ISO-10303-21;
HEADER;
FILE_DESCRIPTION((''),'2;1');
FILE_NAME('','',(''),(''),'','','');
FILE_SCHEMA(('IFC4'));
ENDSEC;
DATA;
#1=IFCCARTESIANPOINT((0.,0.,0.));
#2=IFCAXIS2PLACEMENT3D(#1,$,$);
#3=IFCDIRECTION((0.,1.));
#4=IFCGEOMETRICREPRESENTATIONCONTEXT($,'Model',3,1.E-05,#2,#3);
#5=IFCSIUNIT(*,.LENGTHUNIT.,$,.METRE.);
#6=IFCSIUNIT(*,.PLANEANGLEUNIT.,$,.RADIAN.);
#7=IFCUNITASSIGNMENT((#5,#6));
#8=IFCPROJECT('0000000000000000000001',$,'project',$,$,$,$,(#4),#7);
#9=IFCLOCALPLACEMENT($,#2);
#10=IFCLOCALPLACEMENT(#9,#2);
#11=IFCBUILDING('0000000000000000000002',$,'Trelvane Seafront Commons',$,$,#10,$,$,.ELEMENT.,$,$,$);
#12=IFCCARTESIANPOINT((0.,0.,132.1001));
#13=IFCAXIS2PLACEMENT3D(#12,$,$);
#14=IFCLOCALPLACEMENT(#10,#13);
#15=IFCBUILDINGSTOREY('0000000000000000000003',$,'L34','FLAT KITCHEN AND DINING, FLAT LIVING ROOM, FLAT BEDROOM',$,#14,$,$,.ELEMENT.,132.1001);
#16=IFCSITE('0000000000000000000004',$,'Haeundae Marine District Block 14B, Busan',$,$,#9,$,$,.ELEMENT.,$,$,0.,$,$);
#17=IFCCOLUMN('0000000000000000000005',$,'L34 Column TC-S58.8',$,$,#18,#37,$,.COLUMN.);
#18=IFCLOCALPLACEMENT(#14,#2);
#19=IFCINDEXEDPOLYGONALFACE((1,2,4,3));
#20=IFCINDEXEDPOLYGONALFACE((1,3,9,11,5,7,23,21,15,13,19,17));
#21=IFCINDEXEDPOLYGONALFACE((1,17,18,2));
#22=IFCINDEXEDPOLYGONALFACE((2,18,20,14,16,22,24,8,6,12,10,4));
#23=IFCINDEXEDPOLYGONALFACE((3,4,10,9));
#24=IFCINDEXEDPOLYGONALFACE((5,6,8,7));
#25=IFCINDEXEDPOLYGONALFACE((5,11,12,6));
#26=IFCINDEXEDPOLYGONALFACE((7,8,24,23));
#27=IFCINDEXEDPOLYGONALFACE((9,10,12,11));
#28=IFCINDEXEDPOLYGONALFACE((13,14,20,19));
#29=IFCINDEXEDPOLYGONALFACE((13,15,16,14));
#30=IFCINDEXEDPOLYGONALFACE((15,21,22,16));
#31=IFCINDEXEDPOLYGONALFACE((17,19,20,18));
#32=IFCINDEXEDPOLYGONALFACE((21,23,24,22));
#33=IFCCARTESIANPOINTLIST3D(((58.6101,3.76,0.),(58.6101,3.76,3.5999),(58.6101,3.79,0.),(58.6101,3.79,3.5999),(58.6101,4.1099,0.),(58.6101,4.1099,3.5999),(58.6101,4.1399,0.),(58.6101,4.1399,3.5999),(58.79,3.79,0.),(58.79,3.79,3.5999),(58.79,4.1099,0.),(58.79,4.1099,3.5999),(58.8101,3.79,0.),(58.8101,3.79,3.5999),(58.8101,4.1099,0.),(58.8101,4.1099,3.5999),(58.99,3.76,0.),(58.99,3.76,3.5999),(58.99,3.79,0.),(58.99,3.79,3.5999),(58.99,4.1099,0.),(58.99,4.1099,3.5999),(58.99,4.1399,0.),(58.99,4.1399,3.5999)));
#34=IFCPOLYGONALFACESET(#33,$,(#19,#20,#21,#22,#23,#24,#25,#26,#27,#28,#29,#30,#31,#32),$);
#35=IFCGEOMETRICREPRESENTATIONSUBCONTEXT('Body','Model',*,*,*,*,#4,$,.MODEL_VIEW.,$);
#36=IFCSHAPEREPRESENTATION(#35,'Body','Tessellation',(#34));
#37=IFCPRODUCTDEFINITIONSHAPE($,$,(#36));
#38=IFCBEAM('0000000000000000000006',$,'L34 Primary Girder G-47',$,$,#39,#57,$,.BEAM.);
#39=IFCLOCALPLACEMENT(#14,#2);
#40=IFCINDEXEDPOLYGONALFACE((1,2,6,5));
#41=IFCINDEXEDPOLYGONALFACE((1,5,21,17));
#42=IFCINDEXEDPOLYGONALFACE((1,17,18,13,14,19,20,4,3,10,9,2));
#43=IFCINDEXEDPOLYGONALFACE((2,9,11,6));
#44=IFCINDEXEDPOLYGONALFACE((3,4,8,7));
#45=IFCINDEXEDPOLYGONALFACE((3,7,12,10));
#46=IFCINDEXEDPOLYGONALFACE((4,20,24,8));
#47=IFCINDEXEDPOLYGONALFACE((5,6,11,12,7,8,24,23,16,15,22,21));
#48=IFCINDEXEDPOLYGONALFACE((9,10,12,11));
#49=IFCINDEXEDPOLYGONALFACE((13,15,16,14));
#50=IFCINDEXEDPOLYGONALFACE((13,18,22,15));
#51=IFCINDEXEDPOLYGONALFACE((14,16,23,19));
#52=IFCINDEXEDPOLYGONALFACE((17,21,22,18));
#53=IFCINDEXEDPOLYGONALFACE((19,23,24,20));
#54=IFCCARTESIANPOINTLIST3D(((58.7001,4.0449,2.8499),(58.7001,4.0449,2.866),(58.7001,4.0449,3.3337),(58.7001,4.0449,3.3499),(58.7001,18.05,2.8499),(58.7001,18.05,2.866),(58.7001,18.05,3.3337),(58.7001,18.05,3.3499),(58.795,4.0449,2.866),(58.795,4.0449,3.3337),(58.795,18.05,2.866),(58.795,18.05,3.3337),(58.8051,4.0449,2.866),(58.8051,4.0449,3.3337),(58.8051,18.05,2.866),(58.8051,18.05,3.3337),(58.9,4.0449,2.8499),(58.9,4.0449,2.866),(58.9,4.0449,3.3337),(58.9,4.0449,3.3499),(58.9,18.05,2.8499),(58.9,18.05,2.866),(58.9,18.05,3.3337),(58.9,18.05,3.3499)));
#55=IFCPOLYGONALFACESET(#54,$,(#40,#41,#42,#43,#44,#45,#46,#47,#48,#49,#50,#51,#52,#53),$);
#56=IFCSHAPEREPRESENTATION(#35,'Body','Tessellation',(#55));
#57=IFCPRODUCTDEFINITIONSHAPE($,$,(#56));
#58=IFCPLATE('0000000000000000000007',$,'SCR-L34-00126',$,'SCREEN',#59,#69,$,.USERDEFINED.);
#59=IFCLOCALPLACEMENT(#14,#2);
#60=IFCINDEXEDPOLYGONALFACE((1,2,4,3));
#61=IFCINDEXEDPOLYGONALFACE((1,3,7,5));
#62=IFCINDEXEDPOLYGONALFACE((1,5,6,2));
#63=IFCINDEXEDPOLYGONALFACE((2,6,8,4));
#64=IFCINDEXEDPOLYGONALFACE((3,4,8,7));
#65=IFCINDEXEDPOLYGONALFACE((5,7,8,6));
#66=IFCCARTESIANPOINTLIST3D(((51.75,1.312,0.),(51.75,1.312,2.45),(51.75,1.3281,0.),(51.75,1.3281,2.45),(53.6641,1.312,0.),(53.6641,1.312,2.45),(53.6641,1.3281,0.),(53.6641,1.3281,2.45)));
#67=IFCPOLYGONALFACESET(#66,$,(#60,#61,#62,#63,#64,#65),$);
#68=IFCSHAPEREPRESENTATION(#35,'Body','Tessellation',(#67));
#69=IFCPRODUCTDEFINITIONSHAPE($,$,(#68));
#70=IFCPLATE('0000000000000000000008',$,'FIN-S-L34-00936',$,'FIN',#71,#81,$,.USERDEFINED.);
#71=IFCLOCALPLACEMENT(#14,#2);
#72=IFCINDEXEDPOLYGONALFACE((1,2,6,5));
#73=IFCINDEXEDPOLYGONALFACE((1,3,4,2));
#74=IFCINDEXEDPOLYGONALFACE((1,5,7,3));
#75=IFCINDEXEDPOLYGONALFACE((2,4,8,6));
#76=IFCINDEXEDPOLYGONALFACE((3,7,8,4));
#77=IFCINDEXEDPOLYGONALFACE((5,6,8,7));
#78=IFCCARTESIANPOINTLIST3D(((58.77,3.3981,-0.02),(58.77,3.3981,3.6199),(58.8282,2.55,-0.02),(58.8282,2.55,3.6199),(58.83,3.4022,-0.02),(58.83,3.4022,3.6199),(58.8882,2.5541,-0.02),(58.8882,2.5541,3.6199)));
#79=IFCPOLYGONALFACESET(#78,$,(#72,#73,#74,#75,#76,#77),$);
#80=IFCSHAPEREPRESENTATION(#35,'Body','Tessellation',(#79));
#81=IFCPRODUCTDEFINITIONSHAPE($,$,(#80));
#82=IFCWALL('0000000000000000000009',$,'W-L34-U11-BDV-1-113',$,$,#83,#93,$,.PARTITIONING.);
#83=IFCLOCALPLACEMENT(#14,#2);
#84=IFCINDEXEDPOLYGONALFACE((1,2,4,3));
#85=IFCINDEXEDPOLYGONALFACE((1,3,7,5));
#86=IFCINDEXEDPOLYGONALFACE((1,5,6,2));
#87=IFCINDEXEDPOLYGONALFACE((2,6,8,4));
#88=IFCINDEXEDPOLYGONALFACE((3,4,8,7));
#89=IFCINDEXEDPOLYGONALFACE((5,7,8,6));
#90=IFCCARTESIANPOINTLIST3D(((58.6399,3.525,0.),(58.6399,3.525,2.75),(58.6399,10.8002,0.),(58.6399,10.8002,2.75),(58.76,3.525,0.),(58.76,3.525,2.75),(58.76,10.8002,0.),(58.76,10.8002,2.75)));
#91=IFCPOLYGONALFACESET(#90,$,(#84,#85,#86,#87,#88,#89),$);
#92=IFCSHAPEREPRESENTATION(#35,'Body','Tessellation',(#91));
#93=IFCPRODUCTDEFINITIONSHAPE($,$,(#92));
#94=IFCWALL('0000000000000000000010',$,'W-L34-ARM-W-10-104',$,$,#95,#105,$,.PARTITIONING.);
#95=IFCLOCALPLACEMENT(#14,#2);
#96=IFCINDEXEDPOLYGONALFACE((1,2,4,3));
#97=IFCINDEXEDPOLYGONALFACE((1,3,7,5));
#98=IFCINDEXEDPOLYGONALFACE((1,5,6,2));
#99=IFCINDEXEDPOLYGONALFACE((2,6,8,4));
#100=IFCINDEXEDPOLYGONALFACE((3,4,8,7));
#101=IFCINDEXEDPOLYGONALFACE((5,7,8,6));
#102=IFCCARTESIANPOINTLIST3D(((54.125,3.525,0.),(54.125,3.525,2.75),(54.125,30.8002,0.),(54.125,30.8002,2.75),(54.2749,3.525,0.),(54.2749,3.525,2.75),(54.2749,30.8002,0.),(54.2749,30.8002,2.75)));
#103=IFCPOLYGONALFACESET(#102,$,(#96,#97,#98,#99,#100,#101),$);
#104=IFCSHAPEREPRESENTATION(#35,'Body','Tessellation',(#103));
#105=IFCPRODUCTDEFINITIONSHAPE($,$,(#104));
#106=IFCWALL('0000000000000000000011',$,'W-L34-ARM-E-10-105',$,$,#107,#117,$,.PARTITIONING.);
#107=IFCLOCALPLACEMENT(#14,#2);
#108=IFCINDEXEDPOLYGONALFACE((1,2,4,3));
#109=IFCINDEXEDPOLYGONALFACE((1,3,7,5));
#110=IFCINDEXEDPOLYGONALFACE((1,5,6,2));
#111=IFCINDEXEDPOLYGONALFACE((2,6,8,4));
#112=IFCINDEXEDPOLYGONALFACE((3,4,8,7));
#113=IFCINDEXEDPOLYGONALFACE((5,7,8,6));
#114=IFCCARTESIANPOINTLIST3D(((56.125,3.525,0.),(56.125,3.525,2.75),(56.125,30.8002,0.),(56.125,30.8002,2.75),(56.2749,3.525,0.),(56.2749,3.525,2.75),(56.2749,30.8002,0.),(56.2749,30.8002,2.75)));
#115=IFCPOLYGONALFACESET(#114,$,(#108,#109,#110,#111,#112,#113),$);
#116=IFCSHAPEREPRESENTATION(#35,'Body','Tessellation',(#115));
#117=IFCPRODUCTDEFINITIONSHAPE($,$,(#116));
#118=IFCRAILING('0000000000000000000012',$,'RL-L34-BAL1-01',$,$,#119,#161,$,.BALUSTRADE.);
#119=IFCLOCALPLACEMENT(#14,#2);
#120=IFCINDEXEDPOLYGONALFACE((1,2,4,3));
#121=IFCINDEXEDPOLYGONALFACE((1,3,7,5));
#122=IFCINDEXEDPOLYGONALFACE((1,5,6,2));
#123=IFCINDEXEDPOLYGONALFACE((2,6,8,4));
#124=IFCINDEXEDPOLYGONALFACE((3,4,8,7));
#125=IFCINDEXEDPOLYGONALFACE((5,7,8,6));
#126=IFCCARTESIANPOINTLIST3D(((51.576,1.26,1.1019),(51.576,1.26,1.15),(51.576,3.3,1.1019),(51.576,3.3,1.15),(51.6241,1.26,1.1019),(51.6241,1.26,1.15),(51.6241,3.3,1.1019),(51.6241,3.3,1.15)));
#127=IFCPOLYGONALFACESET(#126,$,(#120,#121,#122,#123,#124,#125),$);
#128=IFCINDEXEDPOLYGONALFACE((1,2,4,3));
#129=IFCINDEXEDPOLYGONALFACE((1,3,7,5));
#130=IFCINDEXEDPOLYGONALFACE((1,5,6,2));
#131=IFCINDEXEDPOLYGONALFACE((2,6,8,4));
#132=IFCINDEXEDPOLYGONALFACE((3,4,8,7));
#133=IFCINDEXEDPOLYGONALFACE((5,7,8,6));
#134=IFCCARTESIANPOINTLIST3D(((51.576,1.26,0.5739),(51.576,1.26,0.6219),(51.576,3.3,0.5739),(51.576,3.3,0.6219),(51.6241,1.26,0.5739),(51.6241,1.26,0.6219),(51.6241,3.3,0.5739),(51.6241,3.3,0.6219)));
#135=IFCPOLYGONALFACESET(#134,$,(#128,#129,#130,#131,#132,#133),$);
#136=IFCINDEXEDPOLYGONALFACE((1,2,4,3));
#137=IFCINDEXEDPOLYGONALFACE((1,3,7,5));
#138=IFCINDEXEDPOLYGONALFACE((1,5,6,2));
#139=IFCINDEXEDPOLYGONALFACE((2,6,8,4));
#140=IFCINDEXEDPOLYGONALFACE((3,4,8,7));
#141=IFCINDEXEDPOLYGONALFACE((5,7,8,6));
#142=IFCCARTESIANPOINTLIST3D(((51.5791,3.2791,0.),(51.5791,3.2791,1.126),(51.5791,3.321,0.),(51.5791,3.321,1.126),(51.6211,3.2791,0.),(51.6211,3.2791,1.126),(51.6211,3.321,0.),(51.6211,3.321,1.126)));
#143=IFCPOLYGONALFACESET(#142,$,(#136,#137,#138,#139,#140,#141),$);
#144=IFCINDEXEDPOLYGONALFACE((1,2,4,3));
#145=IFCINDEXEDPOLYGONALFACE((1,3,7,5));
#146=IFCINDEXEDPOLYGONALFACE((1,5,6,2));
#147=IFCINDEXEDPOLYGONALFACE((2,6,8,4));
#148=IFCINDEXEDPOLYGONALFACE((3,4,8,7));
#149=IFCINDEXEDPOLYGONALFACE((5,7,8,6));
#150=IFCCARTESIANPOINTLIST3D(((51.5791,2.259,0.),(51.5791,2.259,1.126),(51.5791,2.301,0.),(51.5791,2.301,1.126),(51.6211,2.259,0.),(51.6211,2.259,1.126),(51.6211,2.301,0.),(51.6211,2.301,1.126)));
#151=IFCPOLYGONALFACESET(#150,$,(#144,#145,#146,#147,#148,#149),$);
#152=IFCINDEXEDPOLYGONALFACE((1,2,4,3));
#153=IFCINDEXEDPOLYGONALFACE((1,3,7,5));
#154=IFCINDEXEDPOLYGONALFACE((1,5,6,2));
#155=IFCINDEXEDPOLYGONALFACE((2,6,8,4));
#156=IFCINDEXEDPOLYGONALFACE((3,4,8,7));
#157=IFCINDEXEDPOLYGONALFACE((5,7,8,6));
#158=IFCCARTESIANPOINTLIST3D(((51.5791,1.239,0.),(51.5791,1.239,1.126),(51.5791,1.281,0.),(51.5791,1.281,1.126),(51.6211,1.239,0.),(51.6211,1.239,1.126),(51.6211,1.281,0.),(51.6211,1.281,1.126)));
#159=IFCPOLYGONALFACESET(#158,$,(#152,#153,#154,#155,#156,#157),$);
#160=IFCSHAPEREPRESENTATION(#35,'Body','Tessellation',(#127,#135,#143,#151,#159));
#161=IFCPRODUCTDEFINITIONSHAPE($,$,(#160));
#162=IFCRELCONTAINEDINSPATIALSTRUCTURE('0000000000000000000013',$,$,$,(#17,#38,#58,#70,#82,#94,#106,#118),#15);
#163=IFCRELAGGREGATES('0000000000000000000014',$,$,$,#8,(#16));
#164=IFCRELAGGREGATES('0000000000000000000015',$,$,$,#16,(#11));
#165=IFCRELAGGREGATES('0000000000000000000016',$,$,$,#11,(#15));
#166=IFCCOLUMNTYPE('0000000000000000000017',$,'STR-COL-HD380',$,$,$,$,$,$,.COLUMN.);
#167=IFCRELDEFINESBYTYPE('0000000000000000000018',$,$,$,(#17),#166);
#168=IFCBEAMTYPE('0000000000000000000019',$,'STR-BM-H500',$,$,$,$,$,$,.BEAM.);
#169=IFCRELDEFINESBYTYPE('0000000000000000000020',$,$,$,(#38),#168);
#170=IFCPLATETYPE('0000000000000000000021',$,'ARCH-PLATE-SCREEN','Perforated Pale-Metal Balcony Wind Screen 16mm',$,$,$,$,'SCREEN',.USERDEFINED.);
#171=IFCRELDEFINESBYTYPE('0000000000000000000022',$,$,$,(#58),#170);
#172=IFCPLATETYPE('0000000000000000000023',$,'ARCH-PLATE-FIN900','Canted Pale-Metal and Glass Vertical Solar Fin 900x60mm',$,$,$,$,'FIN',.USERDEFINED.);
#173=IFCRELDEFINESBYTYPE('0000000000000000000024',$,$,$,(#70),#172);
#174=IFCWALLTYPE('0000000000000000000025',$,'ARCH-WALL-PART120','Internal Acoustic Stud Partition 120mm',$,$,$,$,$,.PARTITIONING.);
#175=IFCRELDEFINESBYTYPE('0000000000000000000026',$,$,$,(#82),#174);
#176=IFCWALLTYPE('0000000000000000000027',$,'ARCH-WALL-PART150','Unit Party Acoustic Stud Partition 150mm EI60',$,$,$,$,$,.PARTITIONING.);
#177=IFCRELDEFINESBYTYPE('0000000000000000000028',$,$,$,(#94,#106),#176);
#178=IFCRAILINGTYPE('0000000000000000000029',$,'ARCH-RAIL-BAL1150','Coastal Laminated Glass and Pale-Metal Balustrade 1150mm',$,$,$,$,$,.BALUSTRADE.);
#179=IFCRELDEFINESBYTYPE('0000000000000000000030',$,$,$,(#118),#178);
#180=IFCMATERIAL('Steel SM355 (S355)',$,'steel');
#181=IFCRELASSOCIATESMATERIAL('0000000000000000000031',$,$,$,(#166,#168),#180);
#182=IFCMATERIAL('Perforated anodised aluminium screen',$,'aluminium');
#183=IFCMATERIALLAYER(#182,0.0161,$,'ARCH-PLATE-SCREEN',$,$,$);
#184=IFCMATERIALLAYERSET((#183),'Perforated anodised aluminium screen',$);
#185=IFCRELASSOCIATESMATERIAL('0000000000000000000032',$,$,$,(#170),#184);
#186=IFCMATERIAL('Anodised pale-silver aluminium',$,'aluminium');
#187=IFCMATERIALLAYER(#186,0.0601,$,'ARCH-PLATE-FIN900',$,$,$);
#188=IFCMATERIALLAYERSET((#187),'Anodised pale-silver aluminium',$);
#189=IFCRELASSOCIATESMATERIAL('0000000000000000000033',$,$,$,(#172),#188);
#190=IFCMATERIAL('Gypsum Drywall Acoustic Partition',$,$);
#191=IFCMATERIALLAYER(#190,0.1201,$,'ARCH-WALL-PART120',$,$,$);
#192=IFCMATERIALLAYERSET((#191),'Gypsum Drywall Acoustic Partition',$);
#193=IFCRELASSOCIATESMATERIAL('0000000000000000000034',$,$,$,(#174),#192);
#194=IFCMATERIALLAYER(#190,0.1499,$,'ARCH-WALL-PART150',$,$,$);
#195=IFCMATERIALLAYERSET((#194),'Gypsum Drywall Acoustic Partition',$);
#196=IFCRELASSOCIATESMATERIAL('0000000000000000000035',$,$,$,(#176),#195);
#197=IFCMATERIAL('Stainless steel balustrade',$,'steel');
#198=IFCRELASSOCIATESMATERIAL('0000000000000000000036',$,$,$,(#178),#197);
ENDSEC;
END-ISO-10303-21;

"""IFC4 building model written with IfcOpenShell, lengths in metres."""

from ifc_helpers import new_model, si_unit, direction, frame, frame_2d, origin, origin_2d, place, context, subcontext, project, spatial, rectangle, i_section, extrude, source, transform, mapped, material, layer, layer_set, material_profile, profile_set, type_object, element, save


model = new_model("IFC4")

# Units and contexts
model_context = context("Model", 3, precision=1e-05, world=origin(), true_north=direction((0.0, 1.0)))
body_context = subcontext(model_context, "Body", "Model", "MODEL_VIEW")
ifc_project = project(units=[si_unit("LENGTHUNIT", "METRE"), si_unit("PLANEANGLEUNIT", "RADIAN")], contexts=[model_context])

# Site, building, storey
site_placement = place(None, origin())
site = spatial("IfcSite", under=ifc_project, at=site_placement, Name="Haeundae Marine District Block 14B, Busan", CompositionType="ELEMENT", RefElevation=0.0)
building_placement = place(site_placement, origin())
building = spatial("IfcBuilding", under=site, at=building_placement, Name="Trelvane Seafront Commons", CompositionType="ELEMENT")
storey_placement = place(building_placement, frame((0.0, 0.0, 132.1001)))
storey = spatial("IfcBuildingStorey", under=building, at=storey_placement, Name="L34", Description="FLAT KITCHEN AND DINING, FLAT LIVING ROOM, FLAT BEDROOM", CompositionType="ELEMENT", Elevation=132.1001)

# Column
ifc_material_1 = material(Name="Steel SM355 (S355)", Category="steel")
ifc_material_profile_1 = material_profile(ifc_material_1, i_section(OverallWidth=0.3799, OverallDepth=0.3799, WebThickness=0.02, FlangeThickness=0.03, at=origin_2d()), Name="HD-380x380x20x30")
ifc_profile_set_1 = profile_set([ifc_material_profile_1], Name="Steel SM355 (S355)")
column_type = type_object("IfcColumnType", Name="STR-COL-HD380", PredefinedType="COLUMN", material=ifc_profile_set_1)
shared_shape_1 = source(origin(), body_context, "Body", "SweptSolid", [
    extrude(i_section(OverallWidth=0.3799, OverallDepth=0.3799, WebThickness=0.02, FlangeThickness=0.03, at=origin_2d()), origin(), (0.0, 0.0, 1.0), 3.5999),
])
column_placement = place(storey_placement, frame((58.8, 3.95, 0.0), z_axis=(0.0, 0.0, 1.0), x_axis=(1.0, 0.0, 0.0)))
element("IfcColumn", 1, at=column_placement, inside=storey, type_object=column_type, Name="L34 Column TC-S58.8", PredefinedType="COLUMN", context=body_context, shape_type="MappedRepresentation", body=[
    mapped(shared_shape_1, transform((0.0, 0.0, 0.0), x_axis=(1.0, 0.0, 0.0), y_axis=(0.0, 1.0, 0.0), z_axis=(0.0, 0.0, 1.0), scale=1.0)),
])

# Beam
ifc_material_profile_2 = material_profile(ifc_material_1, i_section(OverallWidth=0.2, OverallDepth=0.5, WebThickness=0.01, FlangeThickness=0.0161, at=origin_2d()), Name="H-500x200x10x16")
ifc_profile_set_2 = profile_set([ifc_material_profile_2], Name="Steel SM355 (S355)")
beam_type = type_object("IfcBeamType", Name="STR-BM-H500", PredefinedType="BEAM", material=ifc_profile_set_2)
shared_shape_2 = source(origin(), body_context, "Body", "SweptSolid", [
    extrude(i_section(OverallWidth=0.2, OverallDepth=0.5, WebThickness=0.01, FlangeThickness=0.0161, at=origin_2d()), origin(), (0.0, 0.0, 1.0), 14.0051),
])
beam_placement = place(storey_placement, frame((58.8, 4.0449, 3.0999), z_axis=(0.0, 1.0, 0.0), x_axis=(-1.0, 0.0, 0.0)))
element("IfcBeam", 2, at=beam_placement, inside=storey, type_object=beam_type, Name="L34 Primary Girder G-47", PredefinedType="BEAM", context=body_context, shape_type="MappedRepresentation", body=[
    mapped(shared_shape_2, transform((0.0, 0.0, 0.0), x_axis=(1.0, 0.0, 0.0), y_axis=(0.0, 1.0, 0.0), z_axis=(0.0, 0.0, 1.0), scale=1.0)),
])

# Plates
ifc_material_2 = material(Name="Perforated anodised aluminium screen", Category="aluminium")
ifc_layer_1 = layer(ifc_material_2, 0.0161, Name="ARCH-PLATE-SCREEN")
ifc_layer_set_1 = layer_set([ifc_layer_1], Name="Perforated anodised aluminium screen")
plate_type_1 = type_object("IfcPlateType", Name="ARCH-PLATE-SCREEN", Description="Perforated Pale-Metal Balcony Wind Screen 16mm", ElementType="SCREEN", PredefinedType="USERDEFINED", material=ifc_layer_set_1)
shared_shape_3 = source(origin(), body_context, "Body", "SweptSolid", [
    extrude(rectangle(XDim=1.9141, YDim=0.0161, at=origin_2d()), origin(), (0.0, 0.0, 1.0), 2.45),
])
plate_1_placement = place(storey_placement, frame((52.707, 1.3201, 0.0), z_axis=(0.0, 0.0, 1.0), x_axis=(1.0, 0.0, 0.0)))
element("IfcPlate", 3, at=plate_1_placement, inside=storey, type_object=plate_type_1, Name="SCR-L34-00126", ObjectType="SCREEN", PredefinedType="USERDEFINED", context=body_context, shape_type="MappedRepresentation", body=[
    mapped(shared_shape_3, transform((0.0, 0.0, 0.0), x_axis=(1.0, 0.0, 0.0), y_axis=(0.0, 1.0, 0.0), z_axis=(0.0, 0.0, 1.0), scale=1.0)),
])
ifc_material_3 = material(Name="Anodised pale-silver aluminium", Category="aluminium")
ifc_layer_2 = layer(ifc_material_3, 0.0601, Name="ARCH-PLATE-FIN900")
ifc_layer_set_2 = layer_set([ifc_layer_2], Name="Anodised pale-silver aluminium")
plate_type_2 = type_object("IfcPlateType", Name="ARCH-PLATE-FIN900", Description="Canted Pale-Metal and Glass Vertical Solar Fin 900x60mm", ElementType="FIN", PredefinedType="USERDEFINED", material=ifc_layer_set_2)
shared_shape_4 = source(origin(), body_context, "Body", "SweptSolid", [
    extrude(rectangle(XDim=0.8501, YDim=0.0601, at=origin_2d()), origin(), (0.0, 0.0, 1.0), 3.6399),
])
plate_2_placement = place(storey_placement, frame((58.8291, 2.9761, -0.02), z_axis=(0.0, 0.0, 1.0), x_axis=(0.068472, -0.997653, 0.0)))
element("IfcPlate", 4, at=plate_2_placement, inside=storey, type_object=plate_type_2, Name="FIN-S-L34-00936", ObjectType="FIN", PredefinedType="USERDEFINED", context=body_context, shape_type="MappedRepresentation", body=[
    mapped(shared_shape_4, transform((0.0, 0.0, 0.0), x_axis=(1.0, 0.0, 0.0), y_axis=(0.0, 1.0, 0.0), z_axis=(0.0, 0.0, 1.0), scale=1.0)),
])

# Shared definitions
ifc_material_4 = material(Name="Gypsum Drywall Acoustic Partition")
ifc_layer_3 = layer(ifc_material_4, 0.1201, Name="ARCH-WALL-PART120")
ifc_layer_set_3 = layer_set([ifc_layer_3], Name="Gypsum Drywall Acoustic Partition")
wall_type_1 = type_object("IfcWallType", Name="ARCH-WALL-PART120", Description="Internal Acoustic Stud Partition 120mm", PredefinedType="PARTITIONING", material=ifc_layer_set_3)

# Walls
wall_1_placement = place(storey_placement, frame((58.7, 3.5249, 0.0), z_axis=(0.0, 0.0, 1.0), x_axis=(0.0, 1.0, 0.0)))
element("IfcWall", 5, at=wall_1_placement, inside=storey, type_object=wall_type_1, Name="W-L34-U11-BDV-1-113", PredefinedType="PARTITIONING", context=body_context, shape_type="SweptSolid", body=[
    extrude(rectangle(XDim=7.2751, YDim=0.1201, at=frame_2d((3.6377, 0.0))), origin(), (0.0, 0.0, 1.0), 2.75),
])
ifc_layer_4 = layer(ifc_material_4, 0.1499, Name="ARCH-WALL-PART150")
ifc_layer_set_4 = layer_set([ifc_layer_4], Name="Gypsum Drywall Acoustic Partition")
wall_type_2 = type_object("IfcWallType", Name="ARCH-WALL-PART150", Description="Unit Party Acoustic Stud Partition 150mm EI60", PredefinedType="PARTITIONING", material=ifc_layer_set_4)
for number, where, z_axis, x_axis, name in (
    (6, (54.2, 3.5249, 0.0), (0.0, 0.0, 1.0), (0.0, 1.0, 0.0), "W-L34-ARM-W-10-104"),
    (7, (56.2, 3.5249, 0.0), (0.0, 0.0, 1.0), (0.0, 1.0, 0.0), "W-L34-ARM-E-10-105"),
):
    element("IfcWall", number, at=place(storey_placement, frame(where, z_axis=z_axis, x_axis=x_axis)), inside=storey, type_object=wall_type_2, Name=name, PredefinedType="PARTITIONING", context=body_context, shape_type="SweptSolid", body=[
        extrude(rectangle(XDim=27.2751, YDim=0.1499, at=frame_2d((13.6377, 0.0))), origin(), (0.0, 0.0, 1.0), 2.75),
    ])

# Railing
ifc_material_5 = material(Name="Stainless steel balustrade", Category="steel")
railing_type = type_object("IfcRailingType", Name="ARCH-RAIL-BAL1150", Description="Coastal Laminated Glass and Pale-Metal Balustrade 1150mm", PredefinedType="BALUSTRADE", material=ifc_material_5)
railing_1_placement = place(storey_placement, frame((51.6001, 3.3, 0.0)))
element("IfcRailing", 8, at=railing_1_placement, inside=storey, type_object=railing_type, Name="RL-L34-BAL1-01", PredefinedType="BALUSTRADE", context=body_context, shape_type="SweptSolid", body=[
    extrude(rectangle(XDim=0.0481, YDim=0.0481, at=origin_2d()), frame((0.0, 0.0, 1.126), z_axis=(0.0, -1.0, 0.0), x_axis=(1.0, 0.0, 0.0)), (0.0, 0.0, 1.0), 2.04),
    extrude(rectangle(XDim=0.0481, YDim=0.0481, at=origin_2d()), frame((0.0, 0.0, 0.5979), z_axis=(0.0, -1.0, 0.0), x_axis=(1.0, 0.0, 0.0)), (0.0, 0.0, 1.0), 2.04),
    extrude(rectangle(XDim=0.042, YDim=0.042, at=origin_2d()), origin(), (0.0, 0.0, 1.0), 1.126),
    extrude(rectangle(XDim=0.042, YDim=0.042, at=origin_2d()), frame((0.0, -1.02, 0.0)), (0.0, 0.0, 1.0), 1.126),
    extrude(rectangle(XDim=0.042, YDim=0.042, at=origin_2d()), frame((0.0, -2.04, 0.0)), (0.0, 0.0, 1.0), 1.126),
])

save(model, "model.ifc")
